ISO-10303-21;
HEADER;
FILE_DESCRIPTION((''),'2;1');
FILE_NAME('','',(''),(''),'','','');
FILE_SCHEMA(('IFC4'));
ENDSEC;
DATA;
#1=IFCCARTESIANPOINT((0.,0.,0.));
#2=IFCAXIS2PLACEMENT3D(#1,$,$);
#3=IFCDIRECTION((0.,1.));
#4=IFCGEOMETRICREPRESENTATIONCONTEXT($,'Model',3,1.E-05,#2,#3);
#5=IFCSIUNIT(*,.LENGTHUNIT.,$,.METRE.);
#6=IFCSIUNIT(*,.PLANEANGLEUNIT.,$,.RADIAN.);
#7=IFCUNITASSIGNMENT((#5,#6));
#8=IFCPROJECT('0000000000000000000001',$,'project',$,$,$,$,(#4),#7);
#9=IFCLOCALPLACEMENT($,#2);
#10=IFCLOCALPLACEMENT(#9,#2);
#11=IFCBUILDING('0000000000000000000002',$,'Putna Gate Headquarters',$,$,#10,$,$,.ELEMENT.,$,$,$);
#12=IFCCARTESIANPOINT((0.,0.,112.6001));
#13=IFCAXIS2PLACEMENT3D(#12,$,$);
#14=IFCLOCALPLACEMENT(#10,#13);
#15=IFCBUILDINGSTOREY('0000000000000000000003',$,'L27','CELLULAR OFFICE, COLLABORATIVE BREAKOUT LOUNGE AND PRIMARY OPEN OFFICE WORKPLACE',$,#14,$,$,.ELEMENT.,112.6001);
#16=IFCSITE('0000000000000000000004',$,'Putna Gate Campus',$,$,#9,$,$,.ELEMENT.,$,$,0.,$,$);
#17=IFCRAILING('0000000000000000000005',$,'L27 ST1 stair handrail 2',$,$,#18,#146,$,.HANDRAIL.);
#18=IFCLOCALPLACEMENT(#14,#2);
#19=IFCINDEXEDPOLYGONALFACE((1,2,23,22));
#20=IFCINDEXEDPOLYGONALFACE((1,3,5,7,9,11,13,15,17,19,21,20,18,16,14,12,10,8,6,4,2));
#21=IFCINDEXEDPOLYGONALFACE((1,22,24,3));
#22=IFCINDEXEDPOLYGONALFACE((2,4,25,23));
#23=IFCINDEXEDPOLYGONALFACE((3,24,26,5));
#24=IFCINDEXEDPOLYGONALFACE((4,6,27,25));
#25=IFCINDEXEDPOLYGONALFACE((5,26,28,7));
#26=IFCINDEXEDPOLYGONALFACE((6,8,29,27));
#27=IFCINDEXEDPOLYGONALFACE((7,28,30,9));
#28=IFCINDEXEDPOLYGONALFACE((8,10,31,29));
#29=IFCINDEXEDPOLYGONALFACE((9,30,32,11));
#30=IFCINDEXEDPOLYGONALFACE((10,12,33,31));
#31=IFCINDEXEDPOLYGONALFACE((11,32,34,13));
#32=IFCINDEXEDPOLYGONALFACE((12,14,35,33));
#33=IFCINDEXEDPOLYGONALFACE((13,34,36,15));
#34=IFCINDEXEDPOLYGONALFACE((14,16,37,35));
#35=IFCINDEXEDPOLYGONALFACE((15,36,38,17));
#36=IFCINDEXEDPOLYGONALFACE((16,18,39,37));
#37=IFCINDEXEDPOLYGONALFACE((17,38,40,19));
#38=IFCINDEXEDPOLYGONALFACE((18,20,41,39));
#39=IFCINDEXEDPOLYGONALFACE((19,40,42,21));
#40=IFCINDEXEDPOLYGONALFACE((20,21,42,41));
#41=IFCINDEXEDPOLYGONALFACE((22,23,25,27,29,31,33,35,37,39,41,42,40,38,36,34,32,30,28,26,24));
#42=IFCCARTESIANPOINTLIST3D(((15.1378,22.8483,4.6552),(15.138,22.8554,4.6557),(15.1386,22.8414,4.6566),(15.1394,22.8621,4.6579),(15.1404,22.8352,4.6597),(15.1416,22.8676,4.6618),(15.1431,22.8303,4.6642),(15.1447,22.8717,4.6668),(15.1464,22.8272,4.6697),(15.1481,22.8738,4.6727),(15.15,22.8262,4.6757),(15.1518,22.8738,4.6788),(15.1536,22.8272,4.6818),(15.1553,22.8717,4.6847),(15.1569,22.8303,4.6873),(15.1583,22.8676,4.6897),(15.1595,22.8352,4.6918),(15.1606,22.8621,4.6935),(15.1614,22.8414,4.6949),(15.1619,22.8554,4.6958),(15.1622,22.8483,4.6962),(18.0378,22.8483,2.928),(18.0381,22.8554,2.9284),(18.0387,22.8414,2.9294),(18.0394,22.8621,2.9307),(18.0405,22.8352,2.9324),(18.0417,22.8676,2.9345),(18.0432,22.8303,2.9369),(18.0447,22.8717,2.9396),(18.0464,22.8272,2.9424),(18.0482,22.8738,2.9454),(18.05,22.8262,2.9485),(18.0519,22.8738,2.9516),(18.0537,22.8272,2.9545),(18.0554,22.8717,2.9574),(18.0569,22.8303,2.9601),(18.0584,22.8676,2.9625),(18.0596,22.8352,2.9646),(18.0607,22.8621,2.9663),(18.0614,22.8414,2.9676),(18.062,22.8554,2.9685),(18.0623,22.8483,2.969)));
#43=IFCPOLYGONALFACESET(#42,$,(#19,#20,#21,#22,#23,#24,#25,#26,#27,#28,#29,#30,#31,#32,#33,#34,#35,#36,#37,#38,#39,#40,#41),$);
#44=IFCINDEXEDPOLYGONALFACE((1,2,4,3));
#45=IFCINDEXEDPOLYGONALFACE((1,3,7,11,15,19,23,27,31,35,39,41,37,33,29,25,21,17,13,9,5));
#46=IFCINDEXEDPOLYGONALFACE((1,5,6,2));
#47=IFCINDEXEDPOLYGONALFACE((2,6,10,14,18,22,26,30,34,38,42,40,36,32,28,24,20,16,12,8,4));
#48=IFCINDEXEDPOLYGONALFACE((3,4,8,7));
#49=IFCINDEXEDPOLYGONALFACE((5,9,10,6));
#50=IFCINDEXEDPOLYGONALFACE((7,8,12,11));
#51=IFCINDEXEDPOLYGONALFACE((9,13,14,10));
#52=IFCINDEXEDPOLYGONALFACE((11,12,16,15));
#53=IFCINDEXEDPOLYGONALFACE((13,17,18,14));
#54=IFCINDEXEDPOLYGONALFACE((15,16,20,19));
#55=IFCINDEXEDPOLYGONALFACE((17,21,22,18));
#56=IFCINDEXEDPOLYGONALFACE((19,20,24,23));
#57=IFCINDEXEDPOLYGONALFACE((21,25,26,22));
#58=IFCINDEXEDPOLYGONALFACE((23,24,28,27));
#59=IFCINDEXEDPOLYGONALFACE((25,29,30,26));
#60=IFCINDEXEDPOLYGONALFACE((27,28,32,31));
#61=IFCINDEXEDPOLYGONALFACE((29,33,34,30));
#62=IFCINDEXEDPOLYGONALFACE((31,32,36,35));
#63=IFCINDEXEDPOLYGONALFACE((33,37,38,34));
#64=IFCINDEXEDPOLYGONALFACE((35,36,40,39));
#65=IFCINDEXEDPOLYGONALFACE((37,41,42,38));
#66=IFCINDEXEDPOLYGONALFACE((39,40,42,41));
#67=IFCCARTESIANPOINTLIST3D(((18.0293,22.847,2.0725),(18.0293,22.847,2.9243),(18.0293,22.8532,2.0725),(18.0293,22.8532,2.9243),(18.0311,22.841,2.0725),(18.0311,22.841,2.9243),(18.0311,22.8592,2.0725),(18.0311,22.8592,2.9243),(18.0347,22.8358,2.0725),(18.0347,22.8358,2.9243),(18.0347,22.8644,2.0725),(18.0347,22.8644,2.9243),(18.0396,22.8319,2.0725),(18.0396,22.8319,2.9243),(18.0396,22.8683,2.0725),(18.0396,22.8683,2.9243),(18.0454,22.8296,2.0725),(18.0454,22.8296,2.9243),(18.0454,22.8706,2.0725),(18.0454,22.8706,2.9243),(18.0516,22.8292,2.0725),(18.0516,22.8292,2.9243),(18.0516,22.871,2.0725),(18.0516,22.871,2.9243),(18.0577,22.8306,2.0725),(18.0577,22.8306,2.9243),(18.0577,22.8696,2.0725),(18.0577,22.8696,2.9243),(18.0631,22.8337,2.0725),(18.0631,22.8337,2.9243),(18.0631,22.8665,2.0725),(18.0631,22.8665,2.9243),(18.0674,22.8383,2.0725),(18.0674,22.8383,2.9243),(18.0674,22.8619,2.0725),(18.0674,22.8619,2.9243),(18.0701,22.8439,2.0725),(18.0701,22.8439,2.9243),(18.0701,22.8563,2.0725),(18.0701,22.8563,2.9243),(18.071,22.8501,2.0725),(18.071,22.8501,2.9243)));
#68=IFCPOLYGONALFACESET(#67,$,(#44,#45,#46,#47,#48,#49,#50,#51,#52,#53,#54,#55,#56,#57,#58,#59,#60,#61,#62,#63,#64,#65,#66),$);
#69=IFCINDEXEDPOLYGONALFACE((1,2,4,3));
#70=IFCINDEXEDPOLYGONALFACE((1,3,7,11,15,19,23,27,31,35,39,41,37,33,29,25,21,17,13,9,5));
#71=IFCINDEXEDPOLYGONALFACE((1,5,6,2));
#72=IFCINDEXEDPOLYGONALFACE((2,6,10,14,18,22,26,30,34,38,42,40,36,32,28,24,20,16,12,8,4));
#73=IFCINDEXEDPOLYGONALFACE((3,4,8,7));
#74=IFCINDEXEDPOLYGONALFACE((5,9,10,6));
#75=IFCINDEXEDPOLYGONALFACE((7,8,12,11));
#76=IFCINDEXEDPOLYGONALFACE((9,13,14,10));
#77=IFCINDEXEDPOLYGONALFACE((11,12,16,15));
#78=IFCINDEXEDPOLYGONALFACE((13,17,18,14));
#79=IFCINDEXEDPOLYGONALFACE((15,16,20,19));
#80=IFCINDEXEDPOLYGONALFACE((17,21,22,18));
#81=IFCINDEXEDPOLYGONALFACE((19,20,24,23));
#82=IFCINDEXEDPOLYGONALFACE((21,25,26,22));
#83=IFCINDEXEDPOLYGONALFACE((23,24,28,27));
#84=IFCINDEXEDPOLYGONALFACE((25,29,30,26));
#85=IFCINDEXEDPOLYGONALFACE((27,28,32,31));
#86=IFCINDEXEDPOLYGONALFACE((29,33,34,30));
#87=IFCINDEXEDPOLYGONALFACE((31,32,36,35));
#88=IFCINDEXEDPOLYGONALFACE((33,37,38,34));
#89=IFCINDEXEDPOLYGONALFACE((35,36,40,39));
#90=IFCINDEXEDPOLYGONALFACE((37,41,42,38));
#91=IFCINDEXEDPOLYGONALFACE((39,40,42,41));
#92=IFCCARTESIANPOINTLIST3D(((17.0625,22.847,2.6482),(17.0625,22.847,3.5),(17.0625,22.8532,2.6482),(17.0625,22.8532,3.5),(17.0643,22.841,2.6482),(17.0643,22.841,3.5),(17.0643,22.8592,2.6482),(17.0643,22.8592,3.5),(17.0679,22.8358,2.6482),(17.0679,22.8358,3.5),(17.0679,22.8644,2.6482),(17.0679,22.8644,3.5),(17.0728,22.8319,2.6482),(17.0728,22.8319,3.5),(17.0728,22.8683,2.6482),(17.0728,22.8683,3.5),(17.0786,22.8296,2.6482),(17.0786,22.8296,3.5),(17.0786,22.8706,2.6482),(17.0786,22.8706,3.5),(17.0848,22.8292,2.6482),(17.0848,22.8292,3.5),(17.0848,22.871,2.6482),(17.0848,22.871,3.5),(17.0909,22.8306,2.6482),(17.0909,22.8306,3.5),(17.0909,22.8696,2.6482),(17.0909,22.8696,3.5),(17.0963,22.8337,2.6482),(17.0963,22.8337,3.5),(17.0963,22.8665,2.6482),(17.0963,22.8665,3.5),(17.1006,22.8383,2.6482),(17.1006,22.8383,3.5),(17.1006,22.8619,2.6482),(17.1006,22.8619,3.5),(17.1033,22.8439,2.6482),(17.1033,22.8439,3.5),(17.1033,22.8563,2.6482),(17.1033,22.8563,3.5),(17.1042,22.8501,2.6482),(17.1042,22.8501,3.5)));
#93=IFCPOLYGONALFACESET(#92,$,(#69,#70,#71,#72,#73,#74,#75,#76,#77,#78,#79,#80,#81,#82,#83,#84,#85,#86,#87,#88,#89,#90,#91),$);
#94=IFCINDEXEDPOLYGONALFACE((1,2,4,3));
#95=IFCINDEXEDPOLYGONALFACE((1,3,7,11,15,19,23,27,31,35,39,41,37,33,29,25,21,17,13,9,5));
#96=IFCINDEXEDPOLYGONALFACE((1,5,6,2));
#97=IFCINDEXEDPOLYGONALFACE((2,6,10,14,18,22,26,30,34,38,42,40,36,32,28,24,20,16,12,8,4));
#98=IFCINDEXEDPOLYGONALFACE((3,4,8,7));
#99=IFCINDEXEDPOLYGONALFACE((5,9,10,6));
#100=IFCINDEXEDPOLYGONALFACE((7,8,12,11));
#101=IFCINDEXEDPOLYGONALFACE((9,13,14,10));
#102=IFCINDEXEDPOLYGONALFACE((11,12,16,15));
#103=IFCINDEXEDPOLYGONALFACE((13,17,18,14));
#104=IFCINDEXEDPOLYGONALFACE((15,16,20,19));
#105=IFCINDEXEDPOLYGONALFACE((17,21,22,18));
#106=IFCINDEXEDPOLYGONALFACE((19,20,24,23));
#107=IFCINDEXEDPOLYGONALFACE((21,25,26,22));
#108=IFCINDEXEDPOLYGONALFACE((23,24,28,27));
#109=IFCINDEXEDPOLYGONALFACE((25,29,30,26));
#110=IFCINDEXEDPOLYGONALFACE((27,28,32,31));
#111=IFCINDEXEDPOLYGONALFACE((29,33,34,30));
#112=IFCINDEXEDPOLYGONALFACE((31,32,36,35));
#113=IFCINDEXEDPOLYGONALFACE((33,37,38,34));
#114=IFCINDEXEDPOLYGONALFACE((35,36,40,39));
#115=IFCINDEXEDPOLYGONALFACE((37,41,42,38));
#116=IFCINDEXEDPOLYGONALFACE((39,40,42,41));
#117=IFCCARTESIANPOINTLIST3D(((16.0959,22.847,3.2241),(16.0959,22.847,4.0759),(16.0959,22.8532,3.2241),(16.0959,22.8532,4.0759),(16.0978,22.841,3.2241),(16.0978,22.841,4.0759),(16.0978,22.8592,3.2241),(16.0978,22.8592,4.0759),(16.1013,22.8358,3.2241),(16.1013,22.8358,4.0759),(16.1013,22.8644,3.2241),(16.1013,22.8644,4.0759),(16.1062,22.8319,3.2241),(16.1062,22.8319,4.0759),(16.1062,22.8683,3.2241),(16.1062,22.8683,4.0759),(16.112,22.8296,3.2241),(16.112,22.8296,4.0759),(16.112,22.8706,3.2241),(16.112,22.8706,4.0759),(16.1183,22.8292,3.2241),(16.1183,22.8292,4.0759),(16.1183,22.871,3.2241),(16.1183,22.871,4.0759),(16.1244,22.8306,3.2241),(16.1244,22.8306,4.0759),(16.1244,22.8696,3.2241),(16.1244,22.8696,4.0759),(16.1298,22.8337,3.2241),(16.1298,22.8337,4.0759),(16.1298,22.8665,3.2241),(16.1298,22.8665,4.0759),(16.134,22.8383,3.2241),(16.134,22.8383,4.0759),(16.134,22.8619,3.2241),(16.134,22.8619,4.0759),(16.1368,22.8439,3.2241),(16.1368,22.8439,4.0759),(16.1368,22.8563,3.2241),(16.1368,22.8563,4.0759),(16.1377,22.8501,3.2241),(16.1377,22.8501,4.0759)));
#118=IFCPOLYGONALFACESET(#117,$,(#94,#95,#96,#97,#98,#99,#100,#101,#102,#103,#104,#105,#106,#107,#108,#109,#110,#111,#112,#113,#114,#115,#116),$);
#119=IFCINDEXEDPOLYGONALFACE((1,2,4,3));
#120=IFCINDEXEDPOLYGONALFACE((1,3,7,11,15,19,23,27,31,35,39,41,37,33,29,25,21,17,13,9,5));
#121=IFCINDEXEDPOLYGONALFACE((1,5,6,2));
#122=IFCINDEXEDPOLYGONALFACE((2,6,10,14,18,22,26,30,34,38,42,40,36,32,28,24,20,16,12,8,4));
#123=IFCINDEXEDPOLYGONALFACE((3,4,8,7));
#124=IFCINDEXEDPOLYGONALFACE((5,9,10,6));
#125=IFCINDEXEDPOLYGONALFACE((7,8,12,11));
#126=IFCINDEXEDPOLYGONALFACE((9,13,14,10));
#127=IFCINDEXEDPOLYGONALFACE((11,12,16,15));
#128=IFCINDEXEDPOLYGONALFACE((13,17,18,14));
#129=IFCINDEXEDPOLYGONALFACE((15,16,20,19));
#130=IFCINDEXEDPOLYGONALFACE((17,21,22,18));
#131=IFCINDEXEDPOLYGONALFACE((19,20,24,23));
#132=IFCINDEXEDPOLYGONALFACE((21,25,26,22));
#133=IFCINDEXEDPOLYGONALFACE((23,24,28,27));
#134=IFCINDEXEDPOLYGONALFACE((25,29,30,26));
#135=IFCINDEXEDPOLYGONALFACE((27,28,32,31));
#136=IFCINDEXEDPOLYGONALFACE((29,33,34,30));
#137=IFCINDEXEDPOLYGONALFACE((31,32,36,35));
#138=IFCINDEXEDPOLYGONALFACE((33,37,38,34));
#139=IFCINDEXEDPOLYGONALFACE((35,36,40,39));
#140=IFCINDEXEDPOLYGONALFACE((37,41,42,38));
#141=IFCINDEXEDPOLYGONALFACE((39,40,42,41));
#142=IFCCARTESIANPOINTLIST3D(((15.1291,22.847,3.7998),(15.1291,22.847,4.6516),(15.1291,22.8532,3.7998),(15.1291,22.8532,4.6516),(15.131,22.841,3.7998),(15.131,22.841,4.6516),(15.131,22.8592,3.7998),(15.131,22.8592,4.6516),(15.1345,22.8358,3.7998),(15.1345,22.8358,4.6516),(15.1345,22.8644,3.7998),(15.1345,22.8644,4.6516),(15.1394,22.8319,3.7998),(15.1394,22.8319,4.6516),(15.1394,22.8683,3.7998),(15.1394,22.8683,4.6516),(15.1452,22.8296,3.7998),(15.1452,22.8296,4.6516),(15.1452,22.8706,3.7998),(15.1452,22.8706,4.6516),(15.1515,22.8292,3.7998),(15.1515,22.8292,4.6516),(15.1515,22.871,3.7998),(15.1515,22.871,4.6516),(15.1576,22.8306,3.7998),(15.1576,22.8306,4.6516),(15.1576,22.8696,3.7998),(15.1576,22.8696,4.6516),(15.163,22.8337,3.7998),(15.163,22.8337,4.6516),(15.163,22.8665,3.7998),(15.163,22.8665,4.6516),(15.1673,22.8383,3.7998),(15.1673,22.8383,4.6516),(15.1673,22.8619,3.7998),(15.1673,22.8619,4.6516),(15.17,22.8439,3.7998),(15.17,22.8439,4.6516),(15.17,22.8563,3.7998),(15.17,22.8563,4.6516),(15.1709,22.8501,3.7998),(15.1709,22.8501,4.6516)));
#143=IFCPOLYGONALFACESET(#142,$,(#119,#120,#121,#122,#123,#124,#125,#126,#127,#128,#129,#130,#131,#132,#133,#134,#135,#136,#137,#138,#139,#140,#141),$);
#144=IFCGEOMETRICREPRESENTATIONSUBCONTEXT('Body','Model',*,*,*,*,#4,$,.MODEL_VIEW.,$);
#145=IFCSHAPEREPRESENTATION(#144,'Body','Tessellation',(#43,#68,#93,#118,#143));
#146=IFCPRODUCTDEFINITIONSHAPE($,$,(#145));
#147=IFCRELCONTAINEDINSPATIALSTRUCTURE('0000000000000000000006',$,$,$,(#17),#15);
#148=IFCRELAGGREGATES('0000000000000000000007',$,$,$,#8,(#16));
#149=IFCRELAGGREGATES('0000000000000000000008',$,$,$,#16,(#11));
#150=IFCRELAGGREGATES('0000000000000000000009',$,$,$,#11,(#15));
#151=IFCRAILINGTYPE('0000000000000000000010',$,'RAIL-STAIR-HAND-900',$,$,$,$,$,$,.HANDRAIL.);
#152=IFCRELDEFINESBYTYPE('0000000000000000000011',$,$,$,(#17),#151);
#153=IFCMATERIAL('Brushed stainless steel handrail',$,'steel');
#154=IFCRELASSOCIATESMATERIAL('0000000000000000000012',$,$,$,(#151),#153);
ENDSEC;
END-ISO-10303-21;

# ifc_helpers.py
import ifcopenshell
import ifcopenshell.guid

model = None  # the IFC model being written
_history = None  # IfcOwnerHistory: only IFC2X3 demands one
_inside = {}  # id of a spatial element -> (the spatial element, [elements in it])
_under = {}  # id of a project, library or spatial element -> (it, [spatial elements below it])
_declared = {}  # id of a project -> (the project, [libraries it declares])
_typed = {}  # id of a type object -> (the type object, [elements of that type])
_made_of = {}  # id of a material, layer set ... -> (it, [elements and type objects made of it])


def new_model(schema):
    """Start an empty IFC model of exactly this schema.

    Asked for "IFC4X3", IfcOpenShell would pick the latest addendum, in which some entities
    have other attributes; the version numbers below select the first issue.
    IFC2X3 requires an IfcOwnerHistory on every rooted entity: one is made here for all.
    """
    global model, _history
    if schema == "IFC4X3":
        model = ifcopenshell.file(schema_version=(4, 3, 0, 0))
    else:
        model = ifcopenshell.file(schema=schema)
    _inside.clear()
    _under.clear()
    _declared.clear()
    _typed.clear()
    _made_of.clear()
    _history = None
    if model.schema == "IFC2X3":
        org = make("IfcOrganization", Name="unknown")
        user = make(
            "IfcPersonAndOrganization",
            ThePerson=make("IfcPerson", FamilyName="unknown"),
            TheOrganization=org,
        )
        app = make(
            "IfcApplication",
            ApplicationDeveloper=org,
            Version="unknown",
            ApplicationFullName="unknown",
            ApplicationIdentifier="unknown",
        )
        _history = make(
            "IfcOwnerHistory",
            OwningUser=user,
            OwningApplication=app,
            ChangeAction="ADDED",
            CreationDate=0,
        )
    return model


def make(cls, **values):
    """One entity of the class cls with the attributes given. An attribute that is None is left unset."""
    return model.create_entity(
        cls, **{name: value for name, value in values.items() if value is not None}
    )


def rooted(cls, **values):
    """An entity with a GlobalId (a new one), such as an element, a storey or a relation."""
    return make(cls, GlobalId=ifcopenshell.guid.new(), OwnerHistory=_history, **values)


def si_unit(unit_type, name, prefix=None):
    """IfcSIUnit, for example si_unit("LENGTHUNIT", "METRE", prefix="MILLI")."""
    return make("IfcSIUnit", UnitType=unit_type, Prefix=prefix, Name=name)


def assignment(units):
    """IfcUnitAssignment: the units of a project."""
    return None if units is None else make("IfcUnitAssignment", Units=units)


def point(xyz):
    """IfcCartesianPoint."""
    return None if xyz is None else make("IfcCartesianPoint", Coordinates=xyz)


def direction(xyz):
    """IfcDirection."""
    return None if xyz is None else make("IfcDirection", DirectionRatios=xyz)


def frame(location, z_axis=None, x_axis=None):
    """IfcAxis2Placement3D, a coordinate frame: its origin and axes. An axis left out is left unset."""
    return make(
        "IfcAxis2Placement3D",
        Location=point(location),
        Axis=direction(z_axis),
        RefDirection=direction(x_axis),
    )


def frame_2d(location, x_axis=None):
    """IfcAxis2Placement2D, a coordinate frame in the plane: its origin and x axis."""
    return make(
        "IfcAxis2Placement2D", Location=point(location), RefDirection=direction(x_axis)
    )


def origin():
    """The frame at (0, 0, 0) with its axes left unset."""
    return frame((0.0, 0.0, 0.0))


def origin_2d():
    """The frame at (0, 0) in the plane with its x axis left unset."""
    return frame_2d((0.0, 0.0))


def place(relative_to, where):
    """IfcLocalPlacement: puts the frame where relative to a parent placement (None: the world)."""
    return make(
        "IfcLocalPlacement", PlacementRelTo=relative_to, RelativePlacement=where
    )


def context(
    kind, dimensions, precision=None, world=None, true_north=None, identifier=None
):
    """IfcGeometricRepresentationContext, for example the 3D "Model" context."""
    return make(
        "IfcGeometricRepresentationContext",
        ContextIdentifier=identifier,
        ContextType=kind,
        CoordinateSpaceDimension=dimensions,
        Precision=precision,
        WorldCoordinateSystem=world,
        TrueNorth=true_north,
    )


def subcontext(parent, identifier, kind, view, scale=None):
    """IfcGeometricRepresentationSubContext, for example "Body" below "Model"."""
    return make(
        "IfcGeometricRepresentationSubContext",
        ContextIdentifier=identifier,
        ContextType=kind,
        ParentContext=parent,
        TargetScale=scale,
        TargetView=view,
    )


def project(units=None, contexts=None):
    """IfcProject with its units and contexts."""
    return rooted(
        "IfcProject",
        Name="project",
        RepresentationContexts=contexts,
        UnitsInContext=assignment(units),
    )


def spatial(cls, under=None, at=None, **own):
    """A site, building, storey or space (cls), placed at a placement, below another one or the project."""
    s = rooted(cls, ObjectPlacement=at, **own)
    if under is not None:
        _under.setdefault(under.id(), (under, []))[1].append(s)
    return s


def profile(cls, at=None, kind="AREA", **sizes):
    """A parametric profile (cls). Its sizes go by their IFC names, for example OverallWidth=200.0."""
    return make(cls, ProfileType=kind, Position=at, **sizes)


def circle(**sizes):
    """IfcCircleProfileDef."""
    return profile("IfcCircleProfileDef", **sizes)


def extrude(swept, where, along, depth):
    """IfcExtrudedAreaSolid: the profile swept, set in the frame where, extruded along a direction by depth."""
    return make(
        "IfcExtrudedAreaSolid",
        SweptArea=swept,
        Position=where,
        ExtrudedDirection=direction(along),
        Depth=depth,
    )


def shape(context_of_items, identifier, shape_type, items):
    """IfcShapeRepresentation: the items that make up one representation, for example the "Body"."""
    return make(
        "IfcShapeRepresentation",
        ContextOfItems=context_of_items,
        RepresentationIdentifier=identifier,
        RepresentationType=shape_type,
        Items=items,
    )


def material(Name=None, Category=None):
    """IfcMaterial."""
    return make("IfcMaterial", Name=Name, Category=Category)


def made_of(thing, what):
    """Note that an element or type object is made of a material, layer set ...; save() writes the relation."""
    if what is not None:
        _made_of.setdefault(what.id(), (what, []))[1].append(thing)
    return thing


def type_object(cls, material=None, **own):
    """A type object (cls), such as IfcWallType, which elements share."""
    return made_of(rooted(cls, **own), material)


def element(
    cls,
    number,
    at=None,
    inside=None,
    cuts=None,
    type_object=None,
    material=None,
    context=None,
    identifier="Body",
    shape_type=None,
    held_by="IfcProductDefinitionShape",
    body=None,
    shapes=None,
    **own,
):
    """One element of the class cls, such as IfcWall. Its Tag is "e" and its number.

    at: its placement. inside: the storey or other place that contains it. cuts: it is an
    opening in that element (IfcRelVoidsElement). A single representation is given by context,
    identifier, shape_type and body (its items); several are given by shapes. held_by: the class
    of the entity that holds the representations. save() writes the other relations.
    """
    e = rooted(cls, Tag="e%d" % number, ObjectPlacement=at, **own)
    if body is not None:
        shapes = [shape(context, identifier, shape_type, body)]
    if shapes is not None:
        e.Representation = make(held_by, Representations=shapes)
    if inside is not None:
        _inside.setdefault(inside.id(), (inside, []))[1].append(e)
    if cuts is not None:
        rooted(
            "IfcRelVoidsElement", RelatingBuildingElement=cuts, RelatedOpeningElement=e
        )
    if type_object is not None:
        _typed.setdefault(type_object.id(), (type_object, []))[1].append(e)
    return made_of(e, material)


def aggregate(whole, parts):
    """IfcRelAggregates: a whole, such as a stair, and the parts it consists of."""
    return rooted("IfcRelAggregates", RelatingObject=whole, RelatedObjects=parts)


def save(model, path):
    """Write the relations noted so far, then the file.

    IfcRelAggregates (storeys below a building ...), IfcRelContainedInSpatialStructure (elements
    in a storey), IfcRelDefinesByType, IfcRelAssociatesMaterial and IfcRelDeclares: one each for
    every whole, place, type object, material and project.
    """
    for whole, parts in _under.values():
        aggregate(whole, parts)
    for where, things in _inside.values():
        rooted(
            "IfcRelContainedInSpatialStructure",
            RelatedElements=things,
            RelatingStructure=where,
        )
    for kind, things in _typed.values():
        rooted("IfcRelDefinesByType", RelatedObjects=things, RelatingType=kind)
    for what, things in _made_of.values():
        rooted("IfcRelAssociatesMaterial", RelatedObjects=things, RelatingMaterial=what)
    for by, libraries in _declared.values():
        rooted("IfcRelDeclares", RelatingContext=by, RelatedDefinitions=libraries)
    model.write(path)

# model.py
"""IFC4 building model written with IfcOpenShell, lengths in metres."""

from ifc_helpers import new_model, si_unit, direction, frame, origin, origin_2d, place, context, subcontext, project, spatial, circle, extrude, material, type_object, element, save


model = new_model("IFC4")

# Units and contexts
model_context = context("Model", 3, precision=1e-05, world=origin(), true_north=direction((0.0, 1.0)))
body_context = subcontext(model_context, "Body", "Model", "MODEL_VIEW")
ifc_project = project(units=[si_unit("LENGTHUNIT", "METRE"), si_unit("PLANEANGLEUNIT", "RADIAN")], contexts=[model_context])

# Site, building, storey
site_placement = place(None, origin())
site = spatial("IfcSite", under=ifc_project, at=site_placement, Name="Putna Gate Campus", CompositionType="ELEMENT", RefElevation=0.0)
building_placement = place(site_placement, origin())
building = spatial("IfcBuilding", under=site, at=building_placement, Name="Putna Gate Headquarters", CompositionType="ELEMENT")
storey_placement = place(building_placement, frame((0.0, 0.0, 112.6001)))
storey = spatial("IfcBuildingStorey", under=building, at=storey_placement, Name="L27", Description="CELLULAR OFFICE, COLLABORATIVE BREAKOUT LOUNGE AND PRIMARY OPEN OFFICE WORKPLACE", CompositionType="ELEMENT", Elevation=112.6001)

# Railing
ifc_material_1 = material(Name="Brushed stainless steel handrail", Category="steel")
railing_type_1 = type_object("IfcRailingType", Name="RAIL-STAIR-HAND-900", PredefinedType="HANDRAIL", material=ifc_material_1)
railing_1_placement = place(storey_placement, frame((18.05, 22.8501, 2.0725)))
element("IfcRailing", 1, at=railing_1_placement, inside=storey, type_object=railing_type_1, Name="L27 ST1 stair handrail 2", PredefinedType="HANDRAIL", context=body_context, shape_type="SweptSolid", body=[
    extrude(circle(Radius=0.0239, at=origin_2d()), frame((0.0, 0.0, 0.876), z_axis=(-0.85916, 0.0, 0.511706), x_axis=(0.0, -1.0, 0.0)), (0.0, 0.0, 1.0), 3.3755),
    extrude(circle(Radius=0.021, at=origin_2d()), origin(), (0.0, 0.0, 1.0), 0.8518),
    extrude(circle(Radius=0.021, at=origin_2d()), frame((-0.9668, 0.0, 0.5757)), (0.0, 0.0, 1.0), 0.8518),
    extrude(circle(Radius=0.021, at=origin_2d()), frame((-1.9333, 0.0, 1.1516)), (0.0, 0.0, 1.0), 0.8518),
    extrude(circle(Radius=0.021, at=origin_2d()), frame((-2.9001, 0.0, 1.7273)), (0.0, 0.0, 1.0), 0.8518),
])

save(model, "model.ifc")
